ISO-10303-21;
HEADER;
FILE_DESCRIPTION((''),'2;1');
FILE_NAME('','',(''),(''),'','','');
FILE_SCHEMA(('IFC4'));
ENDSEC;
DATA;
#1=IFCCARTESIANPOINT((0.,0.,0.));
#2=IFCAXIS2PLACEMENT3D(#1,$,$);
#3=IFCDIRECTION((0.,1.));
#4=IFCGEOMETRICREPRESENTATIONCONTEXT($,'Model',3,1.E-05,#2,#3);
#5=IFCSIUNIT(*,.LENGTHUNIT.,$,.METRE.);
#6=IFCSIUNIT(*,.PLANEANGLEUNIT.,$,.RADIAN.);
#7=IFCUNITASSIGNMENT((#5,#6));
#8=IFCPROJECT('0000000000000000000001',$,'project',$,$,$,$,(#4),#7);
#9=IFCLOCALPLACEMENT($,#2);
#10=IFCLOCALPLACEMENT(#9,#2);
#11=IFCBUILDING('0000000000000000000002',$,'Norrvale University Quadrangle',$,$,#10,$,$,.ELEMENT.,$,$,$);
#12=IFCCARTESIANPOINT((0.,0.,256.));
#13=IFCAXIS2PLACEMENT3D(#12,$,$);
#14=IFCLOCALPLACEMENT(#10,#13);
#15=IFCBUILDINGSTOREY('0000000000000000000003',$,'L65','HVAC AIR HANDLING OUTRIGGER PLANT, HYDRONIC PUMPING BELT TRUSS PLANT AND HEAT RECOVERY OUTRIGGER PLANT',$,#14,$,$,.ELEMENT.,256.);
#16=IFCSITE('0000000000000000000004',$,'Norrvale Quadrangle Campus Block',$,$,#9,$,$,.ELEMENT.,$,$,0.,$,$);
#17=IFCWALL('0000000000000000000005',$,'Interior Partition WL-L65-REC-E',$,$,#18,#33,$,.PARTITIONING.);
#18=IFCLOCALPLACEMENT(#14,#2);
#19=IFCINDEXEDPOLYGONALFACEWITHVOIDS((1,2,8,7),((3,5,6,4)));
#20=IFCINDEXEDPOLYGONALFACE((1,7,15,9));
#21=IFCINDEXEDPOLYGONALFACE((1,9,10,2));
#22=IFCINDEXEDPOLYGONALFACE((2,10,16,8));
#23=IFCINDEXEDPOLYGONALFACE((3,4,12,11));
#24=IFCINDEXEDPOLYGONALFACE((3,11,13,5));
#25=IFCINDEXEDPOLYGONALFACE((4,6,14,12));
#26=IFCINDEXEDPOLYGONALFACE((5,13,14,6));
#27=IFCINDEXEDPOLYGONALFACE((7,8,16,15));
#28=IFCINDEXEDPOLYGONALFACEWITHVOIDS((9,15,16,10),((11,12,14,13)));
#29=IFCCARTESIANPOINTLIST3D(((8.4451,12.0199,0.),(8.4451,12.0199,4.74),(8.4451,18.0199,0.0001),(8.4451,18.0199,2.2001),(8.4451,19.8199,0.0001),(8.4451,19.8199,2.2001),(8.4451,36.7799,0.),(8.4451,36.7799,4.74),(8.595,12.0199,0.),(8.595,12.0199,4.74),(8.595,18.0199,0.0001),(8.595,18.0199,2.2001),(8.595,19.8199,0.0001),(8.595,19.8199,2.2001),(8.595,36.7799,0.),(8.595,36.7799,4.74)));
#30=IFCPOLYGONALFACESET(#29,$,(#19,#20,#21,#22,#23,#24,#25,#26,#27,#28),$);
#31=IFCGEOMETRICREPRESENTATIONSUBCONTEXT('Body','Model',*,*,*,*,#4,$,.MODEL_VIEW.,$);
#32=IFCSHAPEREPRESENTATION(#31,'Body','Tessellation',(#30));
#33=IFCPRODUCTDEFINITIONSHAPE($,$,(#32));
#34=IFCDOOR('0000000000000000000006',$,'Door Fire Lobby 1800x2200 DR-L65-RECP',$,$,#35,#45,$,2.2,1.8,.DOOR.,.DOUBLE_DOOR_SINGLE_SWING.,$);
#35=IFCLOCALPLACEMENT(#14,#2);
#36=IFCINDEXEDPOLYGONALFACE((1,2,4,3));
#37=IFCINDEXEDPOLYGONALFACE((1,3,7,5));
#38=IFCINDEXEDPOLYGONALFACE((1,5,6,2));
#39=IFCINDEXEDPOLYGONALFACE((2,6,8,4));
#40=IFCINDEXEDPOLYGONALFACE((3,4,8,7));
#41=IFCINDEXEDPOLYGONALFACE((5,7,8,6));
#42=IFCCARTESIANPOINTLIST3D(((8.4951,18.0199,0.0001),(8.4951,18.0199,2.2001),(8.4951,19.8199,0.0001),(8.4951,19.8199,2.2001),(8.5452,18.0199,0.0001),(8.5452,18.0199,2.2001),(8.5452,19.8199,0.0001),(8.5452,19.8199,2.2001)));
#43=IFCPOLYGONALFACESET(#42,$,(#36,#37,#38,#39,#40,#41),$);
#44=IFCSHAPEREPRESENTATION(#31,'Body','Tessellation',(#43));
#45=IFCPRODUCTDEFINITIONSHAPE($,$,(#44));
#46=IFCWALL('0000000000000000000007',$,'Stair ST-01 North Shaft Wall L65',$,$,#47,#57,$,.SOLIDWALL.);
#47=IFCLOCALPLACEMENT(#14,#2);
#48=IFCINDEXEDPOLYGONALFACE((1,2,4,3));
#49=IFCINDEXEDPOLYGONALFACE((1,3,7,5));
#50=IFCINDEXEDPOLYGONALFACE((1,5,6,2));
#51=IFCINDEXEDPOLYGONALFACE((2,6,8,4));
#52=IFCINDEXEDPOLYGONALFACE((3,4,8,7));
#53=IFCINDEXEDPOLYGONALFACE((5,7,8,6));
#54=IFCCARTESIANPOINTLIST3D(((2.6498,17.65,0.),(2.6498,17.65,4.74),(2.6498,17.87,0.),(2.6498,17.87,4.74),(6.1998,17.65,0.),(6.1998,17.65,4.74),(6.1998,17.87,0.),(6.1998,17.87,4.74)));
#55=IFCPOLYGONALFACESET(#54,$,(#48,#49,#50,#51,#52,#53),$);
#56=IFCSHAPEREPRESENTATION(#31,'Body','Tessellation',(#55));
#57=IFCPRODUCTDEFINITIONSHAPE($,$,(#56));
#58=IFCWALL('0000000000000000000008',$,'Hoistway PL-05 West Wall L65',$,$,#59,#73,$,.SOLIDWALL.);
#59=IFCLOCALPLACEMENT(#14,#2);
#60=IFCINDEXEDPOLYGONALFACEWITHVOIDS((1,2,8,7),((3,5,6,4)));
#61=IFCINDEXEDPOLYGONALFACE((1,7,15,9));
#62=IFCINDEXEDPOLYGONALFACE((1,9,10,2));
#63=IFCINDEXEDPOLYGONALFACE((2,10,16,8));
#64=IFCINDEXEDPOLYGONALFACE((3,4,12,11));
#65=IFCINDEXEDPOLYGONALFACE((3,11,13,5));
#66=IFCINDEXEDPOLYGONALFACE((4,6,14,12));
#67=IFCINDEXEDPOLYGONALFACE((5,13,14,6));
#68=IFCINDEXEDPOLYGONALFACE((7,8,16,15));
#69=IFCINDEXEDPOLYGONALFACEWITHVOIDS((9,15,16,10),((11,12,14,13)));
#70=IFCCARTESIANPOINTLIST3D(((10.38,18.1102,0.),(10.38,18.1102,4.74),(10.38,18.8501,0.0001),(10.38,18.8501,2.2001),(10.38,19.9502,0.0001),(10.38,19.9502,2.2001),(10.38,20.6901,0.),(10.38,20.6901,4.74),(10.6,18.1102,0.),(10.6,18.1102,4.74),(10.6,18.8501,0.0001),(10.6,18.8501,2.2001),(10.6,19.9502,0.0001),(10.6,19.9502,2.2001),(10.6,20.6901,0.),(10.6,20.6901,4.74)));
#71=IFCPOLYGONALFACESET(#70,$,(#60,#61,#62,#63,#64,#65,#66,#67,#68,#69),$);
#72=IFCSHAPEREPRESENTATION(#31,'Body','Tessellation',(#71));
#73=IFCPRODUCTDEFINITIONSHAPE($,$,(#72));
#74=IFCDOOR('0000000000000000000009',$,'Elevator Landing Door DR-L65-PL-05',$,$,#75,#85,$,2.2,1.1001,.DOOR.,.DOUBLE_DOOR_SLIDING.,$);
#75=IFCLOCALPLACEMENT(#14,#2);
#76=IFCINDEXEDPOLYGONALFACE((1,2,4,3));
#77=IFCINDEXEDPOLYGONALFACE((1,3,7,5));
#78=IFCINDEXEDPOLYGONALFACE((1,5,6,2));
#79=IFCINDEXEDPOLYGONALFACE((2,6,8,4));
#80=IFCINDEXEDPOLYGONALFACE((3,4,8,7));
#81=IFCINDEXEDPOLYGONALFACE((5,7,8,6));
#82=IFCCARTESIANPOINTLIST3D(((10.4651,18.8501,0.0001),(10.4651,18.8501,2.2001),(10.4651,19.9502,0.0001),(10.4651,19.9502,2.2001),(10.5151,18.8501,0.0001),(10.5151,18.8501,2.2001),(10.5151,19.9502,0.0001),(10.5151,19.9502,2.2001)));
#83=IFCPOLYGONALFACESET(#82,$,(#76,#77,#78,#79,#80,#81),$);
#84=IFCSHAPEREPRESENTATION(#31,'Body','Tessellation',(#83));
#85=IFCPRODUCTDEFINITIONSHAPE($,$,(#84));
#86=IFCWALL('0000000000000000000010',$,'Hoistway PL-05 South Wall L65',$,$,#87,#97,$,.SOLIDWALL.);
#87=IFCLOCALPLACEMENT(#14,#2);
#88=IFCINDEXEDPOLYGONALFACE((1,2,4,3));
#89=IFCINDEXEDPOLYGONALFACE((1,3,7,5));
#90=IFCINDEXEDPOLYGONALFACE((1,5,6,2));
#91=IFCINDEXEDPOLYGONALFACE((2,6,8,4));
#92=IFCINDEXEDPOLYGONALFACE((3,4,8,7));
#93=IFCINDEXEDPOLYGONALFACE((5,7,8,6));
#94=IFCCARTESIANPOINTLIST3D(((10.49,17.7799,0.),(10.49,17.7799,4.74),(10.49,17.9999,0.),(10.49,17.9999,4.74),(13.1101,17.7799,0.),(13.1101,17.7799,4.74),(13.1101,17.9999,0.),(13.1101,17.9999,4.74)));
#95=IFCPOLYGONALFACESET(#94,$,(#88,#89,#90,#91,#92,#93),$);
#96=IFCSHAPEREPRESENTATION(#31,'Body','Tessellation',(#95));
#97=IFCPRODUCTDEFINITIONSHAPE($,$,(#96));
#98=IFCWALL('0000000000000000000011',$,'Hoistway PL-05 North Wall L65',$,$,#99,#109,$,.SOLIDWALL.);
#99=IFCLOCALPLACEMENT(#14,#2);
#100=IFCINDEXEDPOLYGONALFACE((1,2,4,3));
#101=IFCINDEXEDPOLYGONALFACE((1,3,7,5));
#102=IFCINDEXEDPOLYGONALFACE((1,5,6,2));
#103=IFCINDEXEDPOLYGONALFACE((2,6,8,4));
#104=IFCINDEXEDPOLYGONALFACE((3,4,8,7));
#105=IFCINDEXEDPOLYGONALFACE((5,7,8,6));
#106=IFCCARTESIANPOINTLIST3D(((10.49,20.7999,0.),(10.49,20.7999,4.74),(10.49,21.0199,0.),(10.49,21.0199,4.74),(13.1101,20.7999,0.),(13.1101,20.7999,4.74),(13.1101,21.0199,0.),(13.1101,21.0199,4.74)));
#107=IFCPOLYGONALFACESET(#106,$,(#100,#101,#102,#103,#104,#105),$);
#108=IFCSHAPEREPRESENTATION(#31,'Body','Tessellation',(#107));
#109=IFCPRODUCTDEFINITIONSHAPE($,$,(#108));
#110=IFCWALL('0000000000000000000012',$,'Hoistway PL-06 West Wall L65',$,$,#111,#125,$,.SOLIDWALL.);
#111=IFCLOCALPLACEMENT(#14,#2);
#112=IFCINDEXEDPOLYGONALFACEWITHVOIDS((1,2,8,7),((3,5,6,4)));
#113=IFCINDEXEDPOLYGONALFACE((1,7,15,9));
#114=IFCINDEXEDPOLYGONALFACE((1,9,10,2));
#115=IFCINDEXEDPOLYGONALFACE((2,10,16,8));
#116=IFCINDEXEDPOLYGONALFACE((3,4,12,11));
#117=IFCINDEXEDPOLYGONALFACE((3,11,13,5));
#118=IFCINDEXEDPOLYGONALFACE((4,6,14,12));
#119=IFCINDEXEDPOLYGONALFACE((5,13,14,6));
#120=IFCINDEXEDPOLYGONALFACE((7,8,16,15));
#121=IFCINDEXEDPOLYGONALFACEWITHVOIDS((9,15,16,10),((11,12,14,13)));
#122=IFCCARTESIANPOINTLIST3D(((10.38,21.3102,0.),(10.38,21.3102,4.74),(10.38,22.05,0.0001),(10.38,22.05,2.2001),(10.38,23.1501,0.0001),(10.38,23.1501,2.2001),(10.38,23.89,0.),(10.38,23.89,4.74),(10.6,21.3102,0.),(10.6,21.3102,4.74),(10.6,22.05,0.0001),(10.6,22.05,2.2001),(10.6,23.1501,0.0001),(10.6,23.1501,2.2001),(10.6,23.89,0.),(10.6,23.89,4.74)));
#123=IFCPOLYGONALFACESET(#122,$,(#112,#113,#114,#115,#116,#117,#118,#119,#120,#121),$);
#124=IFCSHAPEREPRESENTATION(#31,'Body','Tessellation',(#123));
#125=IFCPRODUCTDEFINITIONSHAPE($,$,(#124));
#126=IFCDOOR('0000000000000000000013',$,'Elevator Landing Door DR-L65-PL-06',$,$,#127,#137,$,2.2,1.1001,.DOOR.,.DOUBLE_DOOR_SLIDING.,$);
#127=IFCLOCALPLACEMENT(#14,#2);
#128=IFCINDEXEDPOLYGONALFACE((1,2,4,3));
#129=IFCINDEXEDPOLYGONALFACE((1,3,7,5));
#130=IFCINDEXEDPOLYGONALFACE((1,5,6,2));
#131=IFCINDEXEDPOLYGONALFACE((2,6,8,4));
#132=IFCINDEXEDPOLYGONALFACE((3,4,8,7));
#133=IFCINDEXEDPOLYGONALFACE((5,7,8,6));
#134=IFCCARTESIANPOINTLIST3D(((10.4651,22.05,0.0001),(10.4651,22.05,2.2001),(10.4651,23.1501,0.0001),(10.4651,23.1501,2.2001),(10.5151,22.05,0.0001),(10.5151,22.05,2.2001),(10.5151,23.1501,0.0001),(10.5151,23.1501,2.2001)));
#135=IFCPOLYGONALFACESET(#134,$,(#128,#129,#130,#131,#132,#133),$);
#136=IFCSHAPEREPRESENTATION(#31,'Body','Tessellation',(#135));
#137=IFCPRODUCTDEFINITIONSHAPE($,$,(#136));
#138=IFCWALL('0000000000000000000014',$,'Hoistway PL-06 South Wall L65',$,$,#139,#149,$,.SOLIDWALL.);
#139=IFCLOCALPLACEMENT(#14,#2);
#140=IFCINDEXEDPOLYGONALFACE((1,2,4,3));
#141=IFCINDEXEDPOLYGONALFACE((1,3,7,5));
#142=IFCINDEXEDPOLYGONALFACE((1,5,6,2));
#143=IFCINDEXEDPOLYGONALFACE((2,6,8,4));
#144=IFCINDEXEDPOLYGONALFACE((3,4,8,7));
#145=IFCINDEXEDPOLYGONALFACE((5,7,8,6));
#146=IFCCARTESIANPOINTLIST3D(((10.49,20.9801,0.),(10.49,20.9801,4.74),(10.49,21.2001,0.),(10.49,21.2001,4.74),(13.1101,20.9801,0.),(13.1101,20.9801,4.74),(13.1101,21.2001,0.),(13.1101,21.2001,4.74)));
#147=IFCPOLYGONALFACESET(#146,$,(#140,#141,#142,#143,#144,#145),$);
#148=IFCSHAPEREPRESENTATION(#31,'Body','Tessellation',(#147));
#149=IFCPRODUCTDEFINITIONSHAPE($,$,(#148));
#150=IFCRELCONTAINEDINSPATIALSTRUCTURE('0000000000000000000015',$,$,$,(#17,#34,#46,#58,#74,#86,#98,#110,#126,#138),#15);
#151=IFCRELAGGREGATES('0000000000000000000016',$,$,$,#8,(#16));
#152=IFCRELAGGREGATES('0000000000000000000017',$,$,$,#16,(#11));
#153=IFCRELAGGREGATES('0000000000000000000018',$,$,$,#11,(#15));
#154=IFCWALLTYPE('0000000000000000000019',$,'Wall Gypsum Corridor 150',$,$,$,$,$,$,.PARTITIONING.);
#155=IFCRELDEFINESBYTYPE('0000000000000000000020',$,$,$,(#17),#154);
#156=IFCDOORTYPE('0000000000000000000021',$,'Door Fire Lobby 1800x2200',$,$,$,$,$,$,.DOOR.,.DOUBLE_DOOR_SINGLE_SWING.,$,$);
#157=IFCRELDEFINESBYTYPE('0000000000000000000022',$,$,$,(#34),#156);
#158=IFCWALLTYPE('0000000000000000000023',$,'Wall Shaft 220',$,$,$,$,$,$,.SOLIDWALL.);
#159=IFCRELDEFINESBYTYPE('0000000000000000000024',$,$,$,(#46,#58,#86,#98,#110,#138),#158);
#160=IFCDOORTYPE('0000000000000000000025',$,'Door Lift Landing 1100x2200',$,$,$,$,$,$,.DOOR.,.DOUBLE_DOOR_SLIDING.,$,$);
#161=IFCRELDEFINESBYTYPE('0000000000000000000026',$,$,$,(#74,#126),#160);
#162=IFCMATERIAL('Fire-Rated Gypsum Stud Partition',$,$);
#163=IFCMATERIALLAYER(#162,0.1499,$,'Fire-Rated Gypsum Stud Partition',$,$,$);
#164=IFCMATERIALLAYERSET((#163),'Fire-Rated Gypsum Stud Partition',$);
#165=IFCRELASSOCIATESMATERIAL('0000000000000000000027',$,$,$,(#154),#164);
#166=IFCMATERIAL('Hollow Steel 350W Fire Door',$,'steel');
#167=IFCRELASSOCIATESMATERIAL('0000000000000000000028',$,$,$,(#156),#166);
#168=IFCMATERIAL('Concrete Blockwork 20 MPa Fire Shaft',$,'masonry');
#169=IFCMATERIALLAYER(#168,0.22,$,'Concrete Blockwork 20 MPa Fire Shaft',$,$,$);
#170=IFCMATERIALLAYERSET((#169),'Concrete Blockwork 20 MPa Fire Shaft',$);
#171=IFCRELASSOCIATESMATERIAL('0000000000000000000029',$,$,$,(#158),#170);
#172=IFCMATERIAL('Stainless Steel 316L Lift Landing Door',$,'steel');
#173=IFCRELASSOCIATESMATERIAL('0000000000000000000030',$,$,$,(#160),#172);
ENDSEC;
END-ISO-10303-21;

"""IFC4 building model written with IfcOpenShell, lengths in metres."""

from ifc_helpers import new_model, si_unit, direction, frame, frame_2d, origin, place, context, subcontext, project, spatial, rectangle, extrude, material, layer, layer_set, type_object, element, fill, save


model = new_model("IFC4")

# Units and contexts
model_context = context("Model", 3, precision=1e-05, world=origin(), true_north=direction((0.0, 1.0)))
body_context = subcontext(model_context, "Body", "Model", "MODEL_VIEW")
ifc_project = project(units=[si_unit("LENGTHUNIT", "METRE"), si_unit("PLANEANGLEUNIT", "RADIAN")], contexts=[model_context])

# Site, building, storey
site_placement = place(None, origin())
site = spatial("IfcSite", under=ifc_project, at=site_placement, Name="Norrvale Quadrangle Campus Block", CompositionType="ELEMENT", RefElevation=0.0)
building_placement = place(site_placement, origin())
building = spatial("IfcBuilding", under=site, at=building_placement, Name="Norrvale University Quadrangle", CompositionType="ELEMENT")
storey_placement = place(building_placement, frame((0.0, 0.0, 256.0)))
storey = spatial("IfcBuildingStorey", under=building, at=storey_placement, Name="L65", Description="HVAC AIR HANDLING OUTRIGGER PLANT, HYDRONIC PUMPING BELT TRUSS PLANT AND HEAT RECOVERY OUTRIGGER PLANT", CompositionType="ELEMENT", Elevation=256.0)

# Shared definitions
ifc_material_1 = material(Name="Fire-Rated Gypsum Stud Partition")
ifc_layer_1 = layer(ifc_material_1, 0.1499, Name="Fire-Rated Gypsum Stud Partition")
ifc_layer_set_1 = layer_set([ifc_layer_1], Name="Fire-Rated Gypsum Stud Partition")
wall_type_1 = type_object("IfcWallType", Name="Wall Gypsum Corridor 150", PredefinedType="PARTITIONING", material=ifc_layer_set_1)

# Wall, opening, door
wall_1_placement = place(storey_placement, frame((8.52, 12.02, 0.0), z_axis=(0.0, 0.0, 1.0), x_axis=(0.0, 1.0, 0.0)))
wall_1 = element("IfcWall", 1, at=wall_1_placement, inside=storey, type_object=wall_type_1, Name="Interior Partition WL-L65-REC-E", PredefinedType="PARTITIONING", context=body_context, shape_type="SweptSolid", body=[
    extrude(rectangle(XDim=24.76, YDim=0.1499, at=frame_2d((12.3799, 0.0))), origin(), (0.0, 0.0, 1.0), 4.74),
])
opening_1_placement = place(wall_1_placement, frame((6.0, 0.0, 0.0)))
opening_1 = element("IfcOpeningElement", 2, at=opening_1_placement, cuts=wall_1, PredefinedType="OPENING", context=body_context, shape_type="SweptSolid", body=[
    extrude(rectangle(XDim=1.8, YDim=2.2, at=frame_2d((0.8999, 1.1001))), frame((0.0, 0.0869, 0.0), z_axis=(0.0, -1.0, 0.0), x_axis=(1.0, 0.0, 0.0)), (0.0, 0.0, 1.0), 0.1738),
])
ifc_material_2 = material(Name="Hollow Steel 350W Fire Door", Category="steel")
door_type_1 = type_object("IfcDoorType", Name="Door Fire Lobby 1800x2200", OperationType="DOUBLE_DOOR_SINGLE_SWING", PredefinedType="DOOR", material=ifc_material_2)
door_1_placement = place(opening_1_placement, origin())
door_1 = element("IfcDoor", 3, at=door_1_placement, inside=storey, type_object=door_type_1, Name="Door Fire Lobby 1800x2200 DR-L65-RECP", OperationType="DOUBLE_DOOR_SINGLE_SWING", OverallHeight=2.2, OverallWidth=1.8, PredefinedType="DOOR", context=body_context, shape_type="SweptSolid", body=[
    extrude(rectangle(XDim=1.8, YDim=2.2, at=frame_2d((0.8999, 1.1001))), frame((0.0, 0.0249, 0.0), z_axis=(0.0, -1.0, 0.0), x_axis=(1.0, 0.0, 0.0)), (0.0, 0.0, 1.0), 0.05),
])
fill(opening_1, door_1)

# Wall
ifc_material_3 = material(Name="Concrete Blockwork 20 MPa Fire Shaft", Category="masonry")
ifc_layer_2 = layer(ifc_material_3, 0.22, Name="Concrete Blockwork 20 MPa Fire Shaft")
ifc_layer_set_2 = layer_set([ifc_layer_2], Name="Concrete Blockwork 20 MPa Fire Shaft")
wall_type_2 = type_object("IfcWallType", Name="Wall Shaft 220", PredefinedType="SOLIDWALL", material=ifc_layer_set_2)
wall_2_placement = place(storey_placement, frame((2.6499, 17.76, 0.0), z_axis=(0.0, 0.0, 1.0), x_axis=(1.0, 0.0, 0.0)))
element("IfcWall", 4, at=wall_2_placement, inside=storey, type_object=wall_type_2, Name="Stair ST-01 North Shaft Wall L65", PredefinedType="SOLIDWALL", context=body_context, shape_type="SweptSolid", body=[
    extrude(rectangle(XDim=3.55, YDim=0.22, at=frame_2d((1.7749, 0.0))), origin(), (0.0, 0.0, 1.0), 4.74),
])

# Wall, opening, door
wall_3_placement = place(storey_placement, frame((10.49, 18.1101, 0.0), z_axis=(0.0, 0.0, 1.0), x_axis=(0.0, 1.0, 0.0)))
wall_3 = element("IfcWall", 5, at=wall_3_placement, inside=storey, type_object=wall_type_2, Name="Hoistway PL-05 West Wall L65", PredefinedType="SOLIDWALL", context=body_context, shape_type="SweptSolid", body=[
    extrude(rectangle(XDim=2.5798, YDim=0.22, at=frame_2d((1.29, 0.0))), origin(), (0.0, 0.0, 1.0), 4.74),
])
opening_2_placement = place(wall_3_placement, frame((0.74, 0.0, 0.0)))
opening_2 = element("IfcOpeningElement", 6, at=opening_2_placement, cuts=wall_3, PredefinedType="OPENING", context=body_context, shape_type="SweptSolid", body=[
    extrude(rectangle(XDim=1.1001, YDim=2.2, at=frame_2d((0.55, 1.1001))), frame((0.0, 0.1221, 0.0), z_axis=(0.0, -1.0, 0.0), x_axis=(1.0, 0.0, 0.0)), (0.0, 0.0, 1.0), 0.2439),
])
ifc_material_4 = material(Name="Stainless Steel 316L Lift Landing Door", Category="steel")
door_type_2 = type_object("IfcDoorType", Name="Door Lift Landing 1100x2200", OperationType="DOUBLE_DOOR_SLIDING", PredefinedType="DOOR", material=ifc_material_4)
door_2_placement = place(opening_2_placement, origin())
door_2 = element("IfcDoor", 7, at=door_2_placement, inside=storey, type_object=door_type_2, Name="Elevator Landing Door DR-L65-PL-05", OperationType="DOUBLE_DOOR_SLIDING", OverallHeight=2.2, OverallWidth=1.1001, PredefinedType="DOOR", context=body_context, shape_type="SweptSolid", body=[
    extrude(rectangle(XDim=1.1001, YDim=2.2, at=frame_2d((0.55, 1.1001))), frame((0.0, 0.0249, 0.0), z_axis=(0.0, -1.0, 0.0), x_axis=(1.0, 0.0, 0.0)), (0.0, 0.0, 1.0), 0.05),
])
fill(opening_2, door_2)

# Walls
for number, where, z_axis, x_axis, name in (
    (8, (10.49, 17.8899, 0.0), (0.0, 0.0, 1.0), (1.0, 0.0, 0.0), "Hoistway PL-05 South Wall L65"),
    (9, (10.49, 20.9099, 0.0), (0.0, 0.0, 1.0), (1.0, 0.0, 0.0), "Hoistway PL-05 North Wall L65"),
):
    element("IfcWall", number, at=place(storey_placement, frame(where, z_axis=z_axis, x_axis=x_axis)), inside=storey, type_object=wall_type_2, Name=name, PredefinedType="SOLIDWALL", context=body_context, shape_type="SweptSolid", body=[
        extrude(rectangle(XDim=2.6201, YDim=0.22, at=frame_2d((1.3101, 0.0))), origin(), (0.0, 0.0, 1.0), 4.74),
    ])

# Wall, opening, door
wall_4_placement = place(storey_placement, frame((10.49, 21.3101, 0.0), z_axis=(0.0, 0.0, 1.0), x_axis=(0.0, 1.0, 0.0)))
wall_4 = element("IfcWall", 10, at=wall_4_placement, inside=storey, type_object=wall_type_2, Name="Hoistway PL-06 West Wall L65", PredefinedType="SOLIDWALL", context=body_context, shape_type="SweptSolid", body=[
    extrude(rectangle(XDim=2.5798, YDim=0.22, at=frame_2d((1.29, 0.0))), origin(), (0.0, 0.0, 1.0), 4.74),
])
opening_3_placement = place(wall_4_placement, frame((0.74, 0.0, 0.0)))
opening_3 = element("IfcOpeningElement", 11, at=opening_3_placement, cuts=wall_4, PredefinedType="OPENING", context=body_context, shape_type="SweptSolid", body=[
    extrude(rectangle(XDim=1.1001, YDim=2.2, at=frame_2d((0.55, 1.1001))), frame((0.0, 0.1221, 0.0), z_axis=(0.0, -1.0, 0.0), x_axis=(1.0, 0.0, 0.0)), (0.0, 0.0, 1.0), 0.2439),
])
door_3_placement = place(opening_3_placement, origin())
door_3 = element("IfcDoor", 12, at=door_3_placement, inside=storey, type_object=door_type_2, Name="Elevator Landing Door DR-L65-PL-06", OperationType="DOUBLE_DOOR_SLIDING", OverallHeight=2.2, OverallWidth=1.1001, PredefinedType="DOOR", context=body_context, shape_type="SweptSolid", body=[
    extrude(rectangle(XDim=1.1001, YDim=2.2, at=frame_2d((0.55, 1.1001))), frame((0.0, 0.0249, 0.0), z_axis=(0.0, -1.0, 0.0), x_axis=(1.0, 0.0, 0.0)), (0.0, 0.0, 1.0), 0.05),
])
fill(opening_3, door_3)

# Wall
wall_5_placement = place(storey_placement, frame((10.49, 21.0901, 0.0), z_axis=(0.0, 0.0, 1.0), x_axis=(1.0, 0.0, 0.0)))
element("IfcWall", 13, at=wall_5_placement, inside=storey, type_object=wall_type_2, Name="Hoistway PL-06 South Wall L65", PredefinedType="SOLIDWALL", context=body_context, shape_type="SweptSolid", body=[
    extrude(rectangle(XDim=2.6201, YDim=0.22, at=frame_2d((1.3101, 0.0))), origin(), (0.0, 0.0, 1.0), 4.74),
])

save(model, "model.ifc")
